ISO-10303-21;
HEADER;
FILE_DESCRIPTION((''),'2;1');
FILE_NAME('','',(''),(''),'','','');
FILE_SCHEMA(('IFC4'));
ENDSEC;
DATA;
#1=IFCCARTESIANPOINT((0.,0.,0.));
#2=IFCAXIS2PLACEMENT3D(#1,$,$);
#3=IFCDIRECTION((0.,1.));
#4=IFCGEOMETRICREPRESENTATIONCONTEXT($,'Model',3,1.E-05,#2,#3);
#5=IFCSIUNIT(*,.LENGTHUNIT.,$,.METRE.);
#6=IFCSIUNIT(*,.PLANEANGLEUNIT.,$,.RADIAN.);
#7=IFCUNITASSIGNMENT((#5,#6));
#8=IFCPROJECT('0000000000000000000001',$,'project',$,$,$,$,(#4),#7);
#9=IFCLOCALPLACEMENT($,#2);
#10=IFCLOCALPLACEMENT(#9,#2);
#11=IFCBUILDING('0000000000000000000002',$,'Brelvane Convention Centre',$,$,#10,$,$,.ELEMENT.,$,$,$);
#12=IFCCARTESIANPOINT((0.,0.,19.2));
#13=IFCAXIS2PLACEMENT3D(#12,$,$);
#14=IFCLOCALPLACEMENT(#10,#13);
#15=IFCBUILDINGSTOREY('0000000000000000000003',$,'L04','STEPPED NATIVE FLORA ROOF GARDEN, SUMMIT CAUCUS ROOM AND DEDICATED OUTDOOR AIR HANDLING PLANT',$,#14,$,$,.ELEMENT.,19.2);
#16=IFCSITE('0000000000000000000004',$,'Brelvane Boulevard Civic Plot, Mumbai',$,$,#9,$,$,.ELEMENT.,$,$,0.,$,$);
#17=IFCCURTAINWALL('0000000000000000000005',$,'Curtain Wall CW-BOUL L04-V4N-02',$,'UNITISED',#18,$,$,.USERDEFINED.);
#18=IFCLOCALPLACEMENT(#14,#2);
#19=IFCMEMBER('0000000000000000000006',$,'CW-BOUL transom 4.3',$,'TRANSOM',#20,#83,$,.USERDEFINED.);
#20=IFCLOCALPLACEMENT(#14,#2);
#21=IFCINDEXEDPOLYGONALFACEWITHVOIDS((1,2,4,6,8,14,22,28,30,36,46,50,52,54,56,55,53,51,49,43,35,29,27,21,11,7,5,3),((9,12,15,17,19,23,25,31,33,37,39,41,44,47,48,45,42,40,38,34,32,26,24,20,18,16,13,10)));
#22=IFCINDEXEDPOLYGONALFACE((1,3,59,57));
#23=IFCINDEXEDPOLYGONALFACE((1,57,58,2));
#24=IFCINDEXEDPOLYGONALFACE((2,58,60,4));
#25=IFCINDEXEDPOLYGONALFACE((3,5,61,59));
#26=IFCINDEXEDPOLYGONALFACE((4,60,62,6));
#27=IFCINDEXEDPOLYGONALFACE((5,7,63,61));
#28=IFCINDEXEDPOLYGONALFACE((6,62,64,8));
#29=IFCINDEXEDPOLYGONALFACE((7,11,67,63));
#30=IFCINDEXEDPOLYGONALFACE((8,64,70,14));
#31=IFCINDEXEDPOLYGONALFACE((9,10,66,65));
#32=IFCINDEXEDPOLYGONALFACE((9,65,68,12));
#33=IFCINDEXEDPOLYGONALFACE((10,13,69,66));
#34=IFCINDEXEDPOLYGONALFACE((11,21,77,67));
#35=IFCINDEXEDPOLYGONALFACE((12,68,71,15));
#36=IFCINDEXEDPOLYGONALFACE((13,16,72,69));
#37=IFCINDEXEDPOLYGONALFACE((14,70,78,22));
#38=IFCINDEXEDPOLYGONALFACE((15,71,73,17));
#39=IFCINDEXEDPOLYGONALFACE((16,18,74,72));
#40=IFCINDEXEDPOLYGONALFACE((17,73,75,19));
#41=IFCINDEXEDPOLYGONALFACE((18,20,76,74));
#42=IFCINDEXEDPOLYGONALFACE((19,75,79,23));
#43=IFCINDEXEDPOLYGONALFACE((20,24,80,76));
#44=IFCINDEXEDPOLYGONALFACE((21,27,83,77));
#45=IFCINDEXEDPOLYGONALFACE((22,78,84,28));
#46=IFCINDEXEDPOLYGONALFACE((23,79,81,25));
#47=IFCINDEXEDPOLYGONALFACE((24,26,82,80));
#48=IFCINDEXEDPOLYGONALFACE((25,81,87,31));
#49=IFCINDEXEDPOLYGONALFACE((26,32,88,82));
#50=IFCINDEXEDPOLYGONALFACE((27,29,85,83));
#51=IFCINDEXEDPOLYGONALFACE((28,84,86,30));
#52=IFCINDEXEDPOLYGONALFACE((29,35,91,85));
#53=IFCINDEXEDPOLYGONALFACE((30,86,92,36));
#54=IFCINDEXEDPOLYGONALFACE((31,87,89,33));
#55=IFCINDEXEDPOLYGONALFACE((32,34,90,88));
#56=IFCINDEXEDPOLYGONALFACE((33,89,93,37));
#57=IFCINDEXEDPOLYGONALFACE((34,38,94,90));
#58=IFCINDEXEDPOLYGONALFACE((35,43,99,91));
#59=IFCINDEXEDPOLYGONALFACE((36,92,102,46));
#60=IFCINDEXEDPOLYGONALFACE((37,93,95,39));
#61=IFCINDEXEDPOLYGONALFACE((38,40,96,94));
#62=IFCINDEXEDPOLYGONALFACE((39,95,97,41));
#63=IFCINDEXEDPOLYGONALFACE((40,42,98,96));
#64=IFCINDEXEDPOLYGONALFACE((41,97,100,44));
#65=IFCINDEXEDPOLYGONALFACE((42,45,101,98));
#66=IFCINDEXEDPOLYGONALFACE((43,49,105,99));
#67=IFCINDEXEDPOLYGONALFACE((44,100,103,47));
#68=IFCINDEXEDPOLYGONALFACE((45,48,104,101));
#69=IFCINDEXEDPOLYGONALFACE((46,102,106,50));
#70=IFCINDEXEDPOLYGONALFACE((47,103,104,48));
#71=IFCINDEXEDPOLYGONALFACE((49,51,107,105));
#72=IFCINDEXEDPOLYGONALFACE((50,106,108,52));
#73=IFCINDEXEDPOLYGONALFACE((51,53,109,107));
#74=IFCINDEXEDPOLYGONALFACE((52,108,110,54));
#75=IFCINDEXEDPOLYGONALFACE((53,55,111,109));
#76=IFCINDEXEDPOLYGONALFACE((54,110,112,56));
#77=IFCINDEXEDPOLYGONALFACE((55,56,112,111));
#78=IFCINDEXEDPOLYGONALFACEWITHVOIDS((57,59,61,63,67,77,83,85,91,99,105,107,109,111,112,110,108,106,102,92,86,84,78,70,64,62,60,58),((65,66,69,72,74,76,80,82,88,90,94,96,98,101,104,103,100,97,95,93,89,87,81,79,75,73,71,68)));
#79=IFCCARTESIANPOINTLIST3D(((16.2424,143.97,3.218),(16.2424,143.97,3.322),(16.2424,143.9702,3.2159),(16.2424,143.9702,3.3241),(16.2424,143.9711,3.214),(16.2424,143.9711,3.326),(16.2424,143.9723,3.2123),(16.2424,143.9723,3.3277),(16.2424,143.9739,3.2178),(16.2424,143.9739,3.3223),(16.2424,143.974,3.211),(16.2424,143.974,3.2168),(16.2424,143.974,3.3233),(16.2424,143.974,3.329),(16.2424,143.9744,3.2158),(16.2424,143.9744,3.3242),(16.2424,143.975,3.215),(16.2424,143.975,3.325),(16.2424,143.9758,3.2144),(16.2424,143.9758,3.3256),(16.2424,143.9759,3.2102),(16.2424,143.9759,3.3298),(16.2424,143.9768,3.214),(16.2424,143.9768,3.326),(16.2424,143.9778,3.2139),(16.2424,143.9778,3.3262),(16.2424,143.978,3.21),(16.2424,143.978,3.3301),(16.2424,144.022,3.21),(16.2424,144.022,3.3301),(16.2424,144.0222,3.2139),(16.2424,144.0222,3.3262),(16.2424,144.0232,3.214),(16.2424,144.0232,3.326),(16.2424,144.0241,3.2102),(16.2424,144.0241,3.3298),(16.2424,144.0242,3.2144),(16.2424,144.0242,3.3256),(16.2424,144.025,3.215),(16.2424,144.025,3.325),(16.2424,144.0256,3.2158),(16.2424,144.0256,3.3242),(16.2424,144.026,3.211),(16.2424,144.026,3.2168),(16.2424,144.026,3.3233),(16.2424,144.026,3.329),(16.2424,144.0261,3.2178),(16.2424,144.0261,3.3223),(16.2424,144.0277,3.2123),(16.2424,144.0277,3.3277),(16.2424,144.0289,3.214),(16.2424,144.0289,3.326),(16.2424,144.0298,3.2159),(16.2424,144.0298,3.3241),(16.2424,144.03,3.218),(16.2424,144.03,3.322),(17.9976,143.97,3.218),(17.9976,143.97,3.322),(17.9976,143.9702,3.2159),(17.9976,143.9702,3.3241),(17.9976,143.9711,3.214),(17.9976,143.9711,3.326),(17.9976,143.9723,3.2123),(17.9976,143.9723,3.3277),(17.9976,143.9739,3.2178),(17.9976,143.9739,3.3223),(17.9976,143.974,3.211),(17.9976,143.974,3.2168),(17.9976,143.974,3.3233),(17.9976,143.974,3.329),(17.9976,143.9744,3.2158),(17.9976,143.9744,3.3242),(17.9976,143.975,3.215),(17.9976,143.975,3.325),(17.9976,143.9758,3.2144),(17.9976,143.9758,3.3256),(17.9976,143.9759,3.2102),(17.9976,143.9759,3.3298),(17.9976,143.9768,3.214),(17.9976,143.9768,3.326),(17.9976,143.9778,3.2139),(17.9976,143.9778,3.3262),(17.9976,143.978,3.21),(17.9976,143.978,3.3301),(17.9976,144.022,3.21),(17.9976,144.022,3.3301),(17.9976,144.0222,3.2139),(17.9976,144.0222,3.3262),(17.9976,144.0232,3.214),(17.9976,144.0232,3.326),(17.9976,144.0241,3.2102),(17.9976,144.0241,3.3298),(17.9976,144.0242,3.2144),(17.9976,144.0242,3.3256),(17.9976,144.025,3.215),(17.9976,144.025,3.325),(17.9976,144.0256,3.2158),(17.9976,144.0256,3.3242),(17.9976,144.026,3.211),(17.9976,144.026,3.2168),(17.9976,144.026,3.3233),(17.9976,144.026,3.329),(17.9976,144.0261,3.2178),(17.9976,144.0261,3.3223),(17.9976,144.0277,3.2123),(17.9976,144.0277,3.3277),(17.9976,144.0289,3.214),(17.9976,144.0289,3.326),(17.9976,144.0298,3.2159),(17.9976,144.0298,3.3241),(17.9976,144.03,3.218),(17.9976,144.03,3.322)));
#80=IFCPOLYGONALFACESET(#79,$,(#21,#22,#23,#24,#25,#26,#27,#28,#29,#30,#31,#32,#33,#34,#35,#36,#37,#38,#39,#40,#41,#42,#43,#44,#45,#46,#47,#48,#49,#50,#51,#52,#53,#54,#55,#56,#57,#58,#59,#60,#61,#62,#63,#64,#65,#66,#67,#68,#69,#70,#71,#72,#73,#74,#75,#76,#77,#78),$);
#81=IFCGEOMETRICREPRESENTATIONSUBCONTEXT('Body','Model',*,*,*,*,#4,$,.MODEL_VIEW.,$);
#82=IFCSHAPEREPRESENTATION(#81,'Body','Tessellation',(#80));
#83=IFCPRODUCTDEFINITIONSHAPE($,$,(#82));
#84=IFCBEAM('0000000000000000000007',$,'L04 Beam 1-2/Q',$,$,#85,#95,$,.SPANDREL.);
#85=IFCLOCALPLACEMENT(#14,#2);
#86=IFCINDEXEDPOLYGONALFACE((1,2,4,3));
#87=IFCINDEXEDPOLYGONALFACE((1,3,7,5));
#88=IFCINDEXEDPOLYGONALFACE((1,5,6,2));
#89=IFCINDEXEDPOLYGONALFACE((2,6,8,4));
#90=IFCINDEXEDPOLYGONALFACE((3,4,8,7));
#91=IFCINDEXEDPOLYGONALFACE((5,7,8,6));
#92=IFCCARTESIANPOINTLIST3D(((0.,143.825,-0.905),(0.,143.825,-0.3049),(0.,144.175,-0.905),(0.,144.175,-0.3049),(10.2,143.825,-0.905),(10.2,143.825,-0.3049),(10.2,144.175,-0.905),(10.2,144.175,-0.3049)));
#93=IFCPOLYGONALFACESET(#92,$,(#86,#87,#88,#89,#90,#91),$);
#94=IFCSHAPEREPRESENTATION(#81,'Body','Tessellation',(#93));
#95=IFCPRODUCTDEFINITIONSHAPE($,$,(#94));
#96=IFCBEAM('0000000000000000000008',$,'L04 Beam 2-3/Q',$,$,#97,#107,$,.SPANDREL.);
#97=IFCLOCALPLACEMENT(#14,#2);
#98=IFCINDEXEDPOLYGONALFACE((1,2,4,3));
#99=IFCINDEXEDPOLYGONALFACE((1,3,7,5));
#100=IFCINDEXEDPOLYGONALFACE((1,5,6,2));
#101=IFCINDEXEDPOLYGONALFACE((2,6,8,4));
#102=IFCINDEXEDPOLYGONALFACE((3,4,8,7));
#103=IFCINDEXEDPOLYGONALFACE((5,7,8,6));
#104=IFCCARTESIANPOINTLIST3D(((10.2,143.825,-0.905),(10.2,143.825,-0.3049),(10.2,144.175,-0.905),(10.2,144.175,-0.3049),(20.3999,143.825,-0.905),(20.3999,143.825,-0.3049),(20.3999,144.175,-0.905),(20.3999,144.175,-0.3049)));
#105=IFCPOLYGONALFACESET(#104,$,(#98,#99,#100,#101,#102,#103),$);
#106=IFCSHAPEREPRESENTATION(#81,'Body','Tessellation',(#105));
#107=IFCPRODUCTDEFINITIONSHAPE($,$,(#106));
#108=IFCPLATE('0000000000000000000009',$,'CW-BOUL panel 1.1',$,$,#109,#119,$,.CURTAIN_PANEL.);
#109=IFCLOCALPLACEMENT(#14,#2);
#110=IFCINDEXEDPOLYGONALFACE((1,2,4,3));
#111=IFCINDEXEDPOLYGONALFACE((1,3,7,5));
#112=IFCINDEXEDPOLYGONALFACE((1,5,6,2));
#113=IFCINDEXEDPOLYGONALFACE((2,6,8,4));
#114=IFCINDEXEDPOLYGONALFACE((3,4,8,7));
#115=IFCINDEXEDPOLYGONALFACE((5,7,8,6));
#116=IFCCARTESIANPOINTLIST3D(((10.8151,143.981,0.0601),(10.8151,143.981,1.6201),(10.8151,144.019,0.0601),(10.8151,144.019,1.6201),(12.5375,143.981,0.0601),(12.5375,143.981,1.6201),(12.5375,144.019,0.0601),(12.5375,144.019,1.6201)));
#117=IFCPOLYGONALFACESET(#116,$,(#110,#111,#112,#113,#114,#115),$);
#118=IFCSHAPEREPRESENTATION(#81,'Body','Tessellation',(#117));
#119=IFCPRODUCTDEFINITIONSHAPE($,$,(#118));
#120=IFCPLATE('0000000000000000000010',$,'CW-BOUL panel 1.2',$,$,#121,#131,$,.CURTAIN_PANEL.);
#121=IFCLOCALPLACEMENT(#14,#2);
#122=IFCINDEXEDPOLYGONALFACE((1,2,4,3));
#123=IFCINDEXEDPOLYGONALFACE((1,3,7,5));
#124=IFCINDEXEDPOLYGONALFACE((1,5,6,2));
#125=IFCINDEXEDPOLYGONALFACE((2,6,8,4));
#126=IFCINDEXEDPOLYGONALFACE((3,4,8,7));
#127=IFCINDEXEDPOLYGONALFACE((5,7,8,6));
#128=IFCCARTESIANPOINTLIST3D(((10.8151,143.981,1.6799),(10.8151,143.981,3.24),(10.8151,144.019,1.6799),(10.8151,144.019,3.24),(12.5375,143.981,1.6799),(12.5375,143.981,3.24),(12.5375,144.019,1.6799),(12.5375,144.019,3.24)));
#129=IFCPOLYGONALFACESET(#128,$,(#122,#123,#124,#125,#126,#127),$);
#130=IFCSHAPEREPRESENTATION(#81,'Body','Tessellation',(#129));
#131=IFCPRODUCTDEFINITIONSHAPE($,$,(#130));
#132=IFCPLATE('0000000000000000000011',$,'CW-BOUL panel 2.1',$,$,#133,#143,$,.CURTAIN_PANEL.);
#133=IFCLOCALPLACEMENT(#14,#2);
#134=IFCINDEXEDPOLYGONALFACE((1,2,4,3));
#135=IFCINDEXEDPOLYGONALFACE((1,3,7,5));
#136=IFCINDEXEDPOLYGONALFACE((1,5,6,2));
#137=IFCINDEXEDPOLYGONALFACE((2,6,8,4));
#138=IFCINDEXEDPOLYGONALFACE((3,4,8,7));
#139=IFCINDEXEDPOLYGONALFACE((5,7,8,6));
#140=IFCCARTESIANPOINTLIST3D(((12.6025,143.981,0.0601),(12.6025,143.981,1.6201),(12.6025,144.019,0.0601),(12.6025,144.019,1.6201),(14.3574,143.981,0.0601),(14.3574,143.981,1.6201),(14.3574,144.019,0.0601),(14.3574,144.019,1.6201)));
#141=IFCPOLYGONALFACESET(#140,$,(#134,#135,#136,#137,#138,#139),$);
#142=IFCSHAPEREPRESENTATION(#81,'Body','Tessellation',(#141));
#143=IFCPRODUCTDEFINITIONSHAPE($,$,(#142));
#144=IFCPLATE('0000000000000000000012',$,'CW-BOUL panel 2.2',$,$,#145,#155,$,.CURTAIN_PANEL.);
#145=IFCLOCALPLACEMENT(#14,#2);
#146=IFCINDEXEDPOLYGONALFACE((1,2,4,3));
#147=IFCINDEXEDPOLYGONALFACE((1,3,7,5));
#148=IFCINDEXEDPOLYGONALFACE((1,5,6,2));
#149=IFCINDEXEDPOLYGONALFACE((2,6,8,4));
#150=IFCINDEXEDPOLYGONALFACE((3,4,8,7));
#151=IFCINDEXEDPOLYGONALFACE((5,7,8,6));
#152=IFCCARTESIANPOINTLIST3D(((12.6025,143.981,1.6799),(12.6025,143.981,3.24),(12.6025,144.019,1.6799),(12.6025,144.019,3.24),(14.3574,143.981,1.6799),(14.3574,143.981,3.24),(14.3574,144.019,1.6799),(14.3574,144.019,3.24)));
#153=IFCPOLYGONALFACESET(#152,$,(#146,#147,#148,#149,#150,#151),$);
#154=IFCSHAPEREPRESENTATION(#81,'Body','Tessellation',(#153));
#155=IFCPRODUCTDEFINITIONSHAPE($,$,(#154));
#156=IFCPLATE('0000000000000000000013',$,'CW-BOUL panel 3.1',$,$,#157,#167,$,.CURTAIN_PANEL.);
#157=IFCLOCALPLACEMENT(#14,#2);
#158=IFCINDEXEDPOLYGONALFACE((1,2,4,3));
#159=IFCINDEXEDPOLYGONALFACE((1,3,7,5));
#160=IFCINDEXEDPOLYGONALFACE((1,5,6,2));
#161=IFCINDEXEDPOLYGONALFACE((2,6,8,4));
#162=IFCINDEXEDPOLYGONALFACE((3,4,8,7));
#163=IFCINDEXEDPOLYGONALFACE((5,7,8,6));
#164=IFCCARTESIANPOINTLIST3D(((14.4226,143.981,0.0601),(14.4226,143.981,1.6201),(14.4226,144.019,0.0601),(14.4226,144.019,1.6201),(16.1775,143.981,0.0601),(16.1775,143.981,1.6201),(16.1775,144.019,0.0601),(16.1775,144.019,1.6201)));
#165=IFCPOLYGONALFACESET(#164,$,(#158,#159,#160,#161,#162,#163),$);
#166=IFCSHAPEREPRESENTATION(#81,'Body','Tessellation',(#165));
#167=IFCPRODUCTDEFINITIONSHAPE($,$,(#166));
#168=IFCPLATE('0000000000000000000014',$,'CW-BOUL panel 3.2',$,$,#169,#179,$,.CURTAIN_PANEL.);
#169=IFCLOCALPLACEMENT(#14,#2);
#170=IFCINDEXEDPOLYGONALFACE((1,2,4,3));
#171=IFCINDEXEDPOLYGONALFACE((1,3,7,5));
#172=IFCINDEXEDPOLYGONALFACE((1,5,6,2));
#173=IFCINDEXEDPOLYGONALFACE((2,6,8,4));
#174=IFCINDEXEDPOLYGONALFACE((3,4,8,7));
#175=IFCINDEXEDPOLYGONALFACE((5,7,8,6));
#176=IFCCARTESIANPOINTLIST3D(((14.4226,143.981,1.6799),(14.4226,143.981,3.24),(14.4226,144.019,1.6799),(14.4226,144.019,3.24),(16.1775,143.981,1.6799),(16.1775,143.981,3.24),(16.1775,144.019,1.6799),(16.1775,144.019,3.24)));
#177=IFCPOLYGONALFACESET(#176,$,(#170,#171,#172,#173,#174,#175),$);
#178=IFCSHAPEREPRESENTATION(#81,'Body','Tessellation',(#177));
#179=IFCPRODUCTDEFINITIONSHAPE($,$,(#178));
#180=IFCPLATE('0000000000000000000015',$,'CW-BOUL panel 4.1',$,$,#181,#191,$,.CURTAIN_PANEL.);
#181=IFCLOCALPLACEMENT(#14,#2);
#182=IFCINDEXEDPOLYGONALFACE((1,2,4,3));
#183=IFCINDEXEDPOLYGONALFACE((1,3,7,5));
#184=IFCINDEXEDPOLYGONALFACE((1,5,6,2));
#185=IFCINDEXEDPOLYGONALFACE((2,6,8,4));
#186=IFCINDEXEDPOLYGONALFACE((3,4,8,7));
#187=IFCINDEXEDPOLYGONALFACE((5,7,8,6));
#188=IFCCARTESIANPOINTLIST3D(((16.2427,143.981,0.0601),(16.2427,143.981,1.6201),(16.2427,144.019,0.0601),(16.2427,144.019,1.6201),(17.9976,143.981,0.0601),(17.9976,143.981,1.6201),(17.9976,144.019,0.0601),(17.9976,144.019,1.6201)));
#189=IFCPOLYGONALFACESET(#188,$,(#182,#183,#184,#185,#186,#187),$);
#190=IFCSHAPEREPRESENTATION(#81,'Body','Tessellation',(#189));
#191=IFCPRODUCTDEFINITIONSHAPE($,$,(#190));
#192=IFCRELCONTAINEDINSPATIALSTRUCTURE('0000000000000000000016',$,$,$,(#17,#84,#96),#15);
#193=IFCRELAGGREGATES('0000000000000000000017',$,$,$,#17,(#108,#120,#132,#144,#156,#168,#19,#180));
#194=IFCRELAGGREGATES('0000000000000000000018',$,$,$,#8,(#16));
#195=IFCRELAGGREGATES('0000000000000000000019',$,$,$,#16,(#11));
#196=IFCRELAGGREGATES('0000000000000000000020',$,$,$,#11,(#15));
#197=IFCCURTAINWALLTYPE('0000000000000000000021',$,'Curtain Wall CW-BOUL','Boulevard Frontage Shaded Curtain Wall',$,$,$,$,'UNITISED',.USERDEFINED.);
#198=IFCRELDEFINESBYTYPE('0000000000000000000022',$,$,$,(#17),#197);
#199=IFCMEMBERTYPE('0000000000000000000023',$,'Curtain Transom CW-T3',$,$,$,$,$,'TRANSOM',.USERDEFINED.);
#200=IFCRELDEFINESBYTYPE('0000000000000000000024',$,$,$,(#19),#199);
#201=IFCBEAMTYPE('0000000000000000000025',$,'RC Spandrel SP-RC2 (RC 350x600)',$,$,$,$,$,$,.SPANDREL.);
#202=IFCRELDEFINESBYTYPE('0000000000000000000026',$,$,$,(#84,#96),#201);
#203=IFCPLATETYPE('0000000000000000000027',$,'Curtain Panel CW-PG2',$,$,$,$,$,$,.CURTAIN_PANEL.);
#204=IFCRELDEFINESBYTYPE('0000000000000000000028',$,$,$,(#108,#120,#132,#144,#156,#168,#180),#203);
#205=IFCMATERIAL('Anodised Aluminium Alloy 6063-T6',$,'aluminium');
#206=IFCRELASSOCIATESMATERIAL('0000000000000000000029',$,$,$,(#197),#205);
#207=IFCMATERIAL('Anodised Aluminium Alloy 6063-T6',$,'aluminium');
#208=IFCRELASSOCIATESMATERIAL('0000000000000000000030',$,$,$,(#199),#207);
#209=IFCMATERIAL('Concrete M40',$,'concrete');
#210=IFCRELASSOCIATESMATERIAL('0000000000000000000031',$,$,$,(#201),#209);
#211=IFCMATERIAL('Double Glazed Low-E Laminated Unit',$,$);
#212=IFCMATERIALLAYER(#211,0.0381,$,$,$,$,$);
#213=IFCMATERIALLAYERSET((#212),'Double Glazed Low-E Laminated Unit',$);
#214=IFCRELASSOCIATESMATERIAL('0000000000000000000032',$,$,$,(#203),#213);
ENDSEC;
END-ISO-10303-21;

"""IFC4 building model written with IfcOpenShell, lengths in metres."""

from ifc_helpers import new_model, si_unit, direction, frame, origin, origin_2d, place, context, subcontext, project, spatial, rectangle, hollow_rectangle, extrude, material, layer, layer_set, material_profile, profile_set, type_object, element, aggregate, save


model = new_model("IFC4")

# Units and contexts
model_context = context("Model", 3, precision=1e-05, world=origin(), true_north=direction((0.0, 1.0)))
body_context = subcontext(model_context, "Body", "Model", "MODEL_VIEW")
ifc_project = project(units=[si_unit("LENGTHUNIT", "METRE"), si_unit("PLANEANGLEUNIT", "RADIAN")], contexts=[model_context])

# Site, building, storey
site_placement = place(None, origin())
site = spatial("IfcSite", under=ifc_project, at=site_placement, Name="Brelvane Boulevard Civic Plot, Mumbai", CompositionType="ELEMENT", RefElevation=0.0)
building_placement = place(site_placement, origin())
building = spatial("IfcBuilding", under=site, at=building_placement, Name="Brelvane Convention Centre", CompositionType="ELEMENT")
storey_placement = place(building_placement, frame((0.0, 0.0, 19.2)))
storey = spatial("IfcBuildingStorey", under=building, at=storey_placement, Name="L04", Description="STEPPED NATIVE FLORA ROOF GARDEN, SUMMIT CAUCUS ROOM AND DEDICATED OUTDOOR AIR HANDLING PLANT", CompositionType="ELEMENT", Elevation=19.2)

# Curtain wall, member
ifc_material_1 = material(Name="Anodised Aluminium Alloy 6063-T6", Category="aluminium")
curtain_wall_type = type_object("IfcCurtainWallType", Name="Curtain Wall CW-BOUL", Description="Boulevard Frontage Shaded Curtain Wall", ElementType="UNITISED", PredefinedType="USERDEFINED", material=ifc_material_1)
curtain_wall_placement = place(storey_placement, origin())
curtain_wall = element("IfcCurtainWall", 1, at=curtain_wall_placement, inside=storey, type_object=curtain_wall_type, Name="Curtain Wall CW-BOUL L04-V4N-02", ObjectType="UNITISED", PredefinedType="USERDEFINED")
ifc_material_2 = material(Name="Anodised Aluminium Alloy 6063-T6", Category="aluminium")
ifc_material_profile_1 = material_profile(ifc_material_2, hollow_rectangle(XDim=0.0601, YDim=0.1201, WallThickness=0.0039, InnerFilletRadius=0.0039, OuterFilletRadius=0.0081, at=origin_2d()), Name="ALU-T 120x60x4.0")
ifc_profile_set_1 = profile_set([ifc_material_profile_1], Name="Anodised Aluminium Alloy 6063-T6")
member_type_1 = type_object("IfcMemberType", Name="Curtain Transom CW-T3", ElementType="TRANSOM", PredefinedType="USERDEFINED", material=ifc_profile_set_1)
member_1_placement = place(storey_placement, frame((16.2424, 144.0, 3.27), z_axis=(1.0, 0.0, 0.0), x_axis=(0.0, 1.0, 0.0)))
member_1 = element("IfcMember", 2, at=member_1_placement, type_object=member_type_1, Name="CW-BOUL transom 4.3", ObjectType="TRANSOM", PredefinedType="USERDEFINED", context=body_context, shape_type="SweptSolid", body=[
    extrude(hollow_rectangle(XDim=0.0601, YDim=0.1201, WallThickness=0.0039, InnerFilletRadius=0.0039, OuterFilletRadius=0.0081, at=origin_2d()), origin(), (0.0, 0.0, 1.0), 1.7551),
])

# Beams
ifc_material_3 = material(Name="Concrete M40", Category="concrete")
ifc_material_profile_2 = material_profile(ifc_material_3, rectangle(XDim=0.3501, YDim=0.6001, at=origin_2d()), Name="RC 350x600")
ifc_profile_set_2 = profile_set([ifc_material_profile_2], Name="Concrete M40")
beam_type = type_object("IfcBeamType", Name="RC Spandrel SP-RC2 (RC 350x600)", PredefinedType="SPANDREL", material=ifc_profile_set_2)
for number, where, z_axis, x_axis, name in (
    (3, (0.0, 144.0, -0.605), (1.0, 0.0, 0.0), (0.0, 1.0, 0.0), "L04 Beam 1-2/Q"),
    (4, (10.2, 144.0, -0.605), (1.0, 0.0, 0.0), (0.0, 1.0, 0.0), "L04 Beam 2-3/Q"),
):
    element("IfcBeam", number, at=place(storey_placement, frame(where, z_axis=z_axis, x_axis=x_axis)), inside=storey, type_object=beam_type, Name=name, PredefinedType="SPANDREL", context=body_context, shape_type="SweptSolid", body=[
        extrude(rectangle(XDim=0.3501, YDim=0.6001, at=origin_2d()), origin(), (0.0, 0.0, 1.0), 10.2),
    ])

# Plates
ifc_material_4 = material(Name="Double Glazed Low-E Laminated Unit")
ifc_layer_1 = layer(ifc_material_4, 0.0381)
ifc_layer_set_1 = layer_set([ifc_layer_1], Name="Double Glazed Low-E Laminated Unit")
plate_type = type_object("IfcPlateType", Name="Curtain Panel CW-PG2", PredefinedType="CURTAIN_PANEL", material=ifc_layer_set_1)
plate_1_placement = place(storey_placement, frame((11.6763, 144.0, 0.0601), z_axis=(0.0, 0.0, 1.0), x_axis=(1.0, 0.0, 0.0)))
plate_1 = element("IfcPlate", 5, at=plate_1_placement, type_object=plate_type, Name="CW-BOUL panel 1.1", PredefinedType="CURTAIN_PANEL", context=body_context, shape_type="SweptSolid", body=[
    extrude(rectangle(XDim=1.7224, YDim=0.0381, at=origin_2d()), origin(), (0.0, 0.0, 1.0), 1.5601),
])
plate_2_placement = place(storey_placement, frame((11.6763, 144.0, 1.6799), z_axis=(0.0, 0.0, 1.0), x_axis=(1.0, 0.0, 0.0)))
plate_2 = element("IfcPlate", 6, at=plate_2_placement, type_object=plate_type, Name="CW-BOUL panel 1.2", PredefinedType="CURTAIN_PANEL", context=body_context, shape_type="SweptSolid", body=[
    extrude(rectangle(XDim=1.7224, YDim=0.0381, at=origin_2d()), origin(), (0.0, 0.0, 1.0), 1.5601),
])
plate_3_placement = place(storey_placement, frame((13.48, 144.0, 0.0601), z_axis=(0.0, 0.0, 1.0), x_axis=(1.0, 0.0, 0.0)))
plate_3 = element("IfcPlate", 7, at=plate_3_placement, type_object=plate_type, Name="CW-BOUL panel 2.1", PredefinedType="CURTAIN_PANEL", context=body_context, shape_type="SweptSolid", body=[
    extrude(rectangle(XDim=1.7549, YDim=0.0381, at=origin_2d()), origin(), (0.0, 0.0, 1.0), 1.5601),
])
plate_4_placement = place(storey_placement, frame((13.48, 144.0, 1.6799), z_axis=(0.0, 0.0, 1.0), x_axis=(1.0, 0.0, 0.0)))
plate_4 = element("IfcPlate", 8, at=plate_4_placement, type_object=plate_type, Name="CW-BOUL panel 2.2", PredefinedType="CURTAIN_PANEL", context=body_context, shape_type="SweptSolid", body=[
    extrude(rectangle(XDim=1.7549, YDim=0.0381, at=origin_2d()), origin(), (0.0, 0.0, 1.0), 1.5601),
])
plate_5_placement = place(storey_placement, frame((15.3, 144.0, 0.0601), z_axis=(0.0, 0.0, 1.0), x_axis=(1.0, 0.0, 0.0)))
plate_5 = element("IfcPlate", 9, at=plate_5_placement, type_object=plate_type, Name="CW-BOUL panel 3.1", PredefinedType="CURTAIN_PANEL", context=body_context, shape_type="SweptSolid", body=[
    extrude(rectangle(XDim=1.7549, YDim=0.0381, at=origin_2d()), origin(), (0.0, 0.0, 1.0), 1.5601),
])
plate_6_placement = place(storey_placement, frame((15.3, 144.0, 1.6799), z_axis=(0.0, 0.0, 1.0), x_axis=(1.0, 0.0, 0.0)))
plate_6 = element("IfcPlate", 10, at=plate_6_placement, type_object=plate_type, Name="CW-BOUL panel 3.2", PredefinedType="CURTAIN_PANEL", context=body_context, shape_type="SweptSolid", body=[
    extrude(rectangle(XDim=1.7549, YDim=0.0381, at=origin_2d()), origin(), (0.0, 0.0, 1.0), 1.5601),
])
plate_7_placement = place(storey_placement, frame((17.1201, 144.0, 0.0601), z_axis=(0.0, 0.0, 1.0), x_axis=(1.0, 0.0, 0.0)))
plate_7 = element("IfcPlate", 11, at=plate_7_placement, type_object=plate_type, Name="CW-BOUL panel 4.1", PredefinedType="CURTAIN_PANEL", context=body_context, shape_type="SweptSolid", body=[
    extrude(rectangle(XDim=1.7549, YDim=0.0381, at=origin_2d()), origin(), (0.0, 0.0, 1.0), 1.5601),
])
aggregate(curtain_wall, [plate_1, plate_2, plate_3, plate_4, plate_5, plate_6, member_1, plate_7])

save(model, "model.ifc")
